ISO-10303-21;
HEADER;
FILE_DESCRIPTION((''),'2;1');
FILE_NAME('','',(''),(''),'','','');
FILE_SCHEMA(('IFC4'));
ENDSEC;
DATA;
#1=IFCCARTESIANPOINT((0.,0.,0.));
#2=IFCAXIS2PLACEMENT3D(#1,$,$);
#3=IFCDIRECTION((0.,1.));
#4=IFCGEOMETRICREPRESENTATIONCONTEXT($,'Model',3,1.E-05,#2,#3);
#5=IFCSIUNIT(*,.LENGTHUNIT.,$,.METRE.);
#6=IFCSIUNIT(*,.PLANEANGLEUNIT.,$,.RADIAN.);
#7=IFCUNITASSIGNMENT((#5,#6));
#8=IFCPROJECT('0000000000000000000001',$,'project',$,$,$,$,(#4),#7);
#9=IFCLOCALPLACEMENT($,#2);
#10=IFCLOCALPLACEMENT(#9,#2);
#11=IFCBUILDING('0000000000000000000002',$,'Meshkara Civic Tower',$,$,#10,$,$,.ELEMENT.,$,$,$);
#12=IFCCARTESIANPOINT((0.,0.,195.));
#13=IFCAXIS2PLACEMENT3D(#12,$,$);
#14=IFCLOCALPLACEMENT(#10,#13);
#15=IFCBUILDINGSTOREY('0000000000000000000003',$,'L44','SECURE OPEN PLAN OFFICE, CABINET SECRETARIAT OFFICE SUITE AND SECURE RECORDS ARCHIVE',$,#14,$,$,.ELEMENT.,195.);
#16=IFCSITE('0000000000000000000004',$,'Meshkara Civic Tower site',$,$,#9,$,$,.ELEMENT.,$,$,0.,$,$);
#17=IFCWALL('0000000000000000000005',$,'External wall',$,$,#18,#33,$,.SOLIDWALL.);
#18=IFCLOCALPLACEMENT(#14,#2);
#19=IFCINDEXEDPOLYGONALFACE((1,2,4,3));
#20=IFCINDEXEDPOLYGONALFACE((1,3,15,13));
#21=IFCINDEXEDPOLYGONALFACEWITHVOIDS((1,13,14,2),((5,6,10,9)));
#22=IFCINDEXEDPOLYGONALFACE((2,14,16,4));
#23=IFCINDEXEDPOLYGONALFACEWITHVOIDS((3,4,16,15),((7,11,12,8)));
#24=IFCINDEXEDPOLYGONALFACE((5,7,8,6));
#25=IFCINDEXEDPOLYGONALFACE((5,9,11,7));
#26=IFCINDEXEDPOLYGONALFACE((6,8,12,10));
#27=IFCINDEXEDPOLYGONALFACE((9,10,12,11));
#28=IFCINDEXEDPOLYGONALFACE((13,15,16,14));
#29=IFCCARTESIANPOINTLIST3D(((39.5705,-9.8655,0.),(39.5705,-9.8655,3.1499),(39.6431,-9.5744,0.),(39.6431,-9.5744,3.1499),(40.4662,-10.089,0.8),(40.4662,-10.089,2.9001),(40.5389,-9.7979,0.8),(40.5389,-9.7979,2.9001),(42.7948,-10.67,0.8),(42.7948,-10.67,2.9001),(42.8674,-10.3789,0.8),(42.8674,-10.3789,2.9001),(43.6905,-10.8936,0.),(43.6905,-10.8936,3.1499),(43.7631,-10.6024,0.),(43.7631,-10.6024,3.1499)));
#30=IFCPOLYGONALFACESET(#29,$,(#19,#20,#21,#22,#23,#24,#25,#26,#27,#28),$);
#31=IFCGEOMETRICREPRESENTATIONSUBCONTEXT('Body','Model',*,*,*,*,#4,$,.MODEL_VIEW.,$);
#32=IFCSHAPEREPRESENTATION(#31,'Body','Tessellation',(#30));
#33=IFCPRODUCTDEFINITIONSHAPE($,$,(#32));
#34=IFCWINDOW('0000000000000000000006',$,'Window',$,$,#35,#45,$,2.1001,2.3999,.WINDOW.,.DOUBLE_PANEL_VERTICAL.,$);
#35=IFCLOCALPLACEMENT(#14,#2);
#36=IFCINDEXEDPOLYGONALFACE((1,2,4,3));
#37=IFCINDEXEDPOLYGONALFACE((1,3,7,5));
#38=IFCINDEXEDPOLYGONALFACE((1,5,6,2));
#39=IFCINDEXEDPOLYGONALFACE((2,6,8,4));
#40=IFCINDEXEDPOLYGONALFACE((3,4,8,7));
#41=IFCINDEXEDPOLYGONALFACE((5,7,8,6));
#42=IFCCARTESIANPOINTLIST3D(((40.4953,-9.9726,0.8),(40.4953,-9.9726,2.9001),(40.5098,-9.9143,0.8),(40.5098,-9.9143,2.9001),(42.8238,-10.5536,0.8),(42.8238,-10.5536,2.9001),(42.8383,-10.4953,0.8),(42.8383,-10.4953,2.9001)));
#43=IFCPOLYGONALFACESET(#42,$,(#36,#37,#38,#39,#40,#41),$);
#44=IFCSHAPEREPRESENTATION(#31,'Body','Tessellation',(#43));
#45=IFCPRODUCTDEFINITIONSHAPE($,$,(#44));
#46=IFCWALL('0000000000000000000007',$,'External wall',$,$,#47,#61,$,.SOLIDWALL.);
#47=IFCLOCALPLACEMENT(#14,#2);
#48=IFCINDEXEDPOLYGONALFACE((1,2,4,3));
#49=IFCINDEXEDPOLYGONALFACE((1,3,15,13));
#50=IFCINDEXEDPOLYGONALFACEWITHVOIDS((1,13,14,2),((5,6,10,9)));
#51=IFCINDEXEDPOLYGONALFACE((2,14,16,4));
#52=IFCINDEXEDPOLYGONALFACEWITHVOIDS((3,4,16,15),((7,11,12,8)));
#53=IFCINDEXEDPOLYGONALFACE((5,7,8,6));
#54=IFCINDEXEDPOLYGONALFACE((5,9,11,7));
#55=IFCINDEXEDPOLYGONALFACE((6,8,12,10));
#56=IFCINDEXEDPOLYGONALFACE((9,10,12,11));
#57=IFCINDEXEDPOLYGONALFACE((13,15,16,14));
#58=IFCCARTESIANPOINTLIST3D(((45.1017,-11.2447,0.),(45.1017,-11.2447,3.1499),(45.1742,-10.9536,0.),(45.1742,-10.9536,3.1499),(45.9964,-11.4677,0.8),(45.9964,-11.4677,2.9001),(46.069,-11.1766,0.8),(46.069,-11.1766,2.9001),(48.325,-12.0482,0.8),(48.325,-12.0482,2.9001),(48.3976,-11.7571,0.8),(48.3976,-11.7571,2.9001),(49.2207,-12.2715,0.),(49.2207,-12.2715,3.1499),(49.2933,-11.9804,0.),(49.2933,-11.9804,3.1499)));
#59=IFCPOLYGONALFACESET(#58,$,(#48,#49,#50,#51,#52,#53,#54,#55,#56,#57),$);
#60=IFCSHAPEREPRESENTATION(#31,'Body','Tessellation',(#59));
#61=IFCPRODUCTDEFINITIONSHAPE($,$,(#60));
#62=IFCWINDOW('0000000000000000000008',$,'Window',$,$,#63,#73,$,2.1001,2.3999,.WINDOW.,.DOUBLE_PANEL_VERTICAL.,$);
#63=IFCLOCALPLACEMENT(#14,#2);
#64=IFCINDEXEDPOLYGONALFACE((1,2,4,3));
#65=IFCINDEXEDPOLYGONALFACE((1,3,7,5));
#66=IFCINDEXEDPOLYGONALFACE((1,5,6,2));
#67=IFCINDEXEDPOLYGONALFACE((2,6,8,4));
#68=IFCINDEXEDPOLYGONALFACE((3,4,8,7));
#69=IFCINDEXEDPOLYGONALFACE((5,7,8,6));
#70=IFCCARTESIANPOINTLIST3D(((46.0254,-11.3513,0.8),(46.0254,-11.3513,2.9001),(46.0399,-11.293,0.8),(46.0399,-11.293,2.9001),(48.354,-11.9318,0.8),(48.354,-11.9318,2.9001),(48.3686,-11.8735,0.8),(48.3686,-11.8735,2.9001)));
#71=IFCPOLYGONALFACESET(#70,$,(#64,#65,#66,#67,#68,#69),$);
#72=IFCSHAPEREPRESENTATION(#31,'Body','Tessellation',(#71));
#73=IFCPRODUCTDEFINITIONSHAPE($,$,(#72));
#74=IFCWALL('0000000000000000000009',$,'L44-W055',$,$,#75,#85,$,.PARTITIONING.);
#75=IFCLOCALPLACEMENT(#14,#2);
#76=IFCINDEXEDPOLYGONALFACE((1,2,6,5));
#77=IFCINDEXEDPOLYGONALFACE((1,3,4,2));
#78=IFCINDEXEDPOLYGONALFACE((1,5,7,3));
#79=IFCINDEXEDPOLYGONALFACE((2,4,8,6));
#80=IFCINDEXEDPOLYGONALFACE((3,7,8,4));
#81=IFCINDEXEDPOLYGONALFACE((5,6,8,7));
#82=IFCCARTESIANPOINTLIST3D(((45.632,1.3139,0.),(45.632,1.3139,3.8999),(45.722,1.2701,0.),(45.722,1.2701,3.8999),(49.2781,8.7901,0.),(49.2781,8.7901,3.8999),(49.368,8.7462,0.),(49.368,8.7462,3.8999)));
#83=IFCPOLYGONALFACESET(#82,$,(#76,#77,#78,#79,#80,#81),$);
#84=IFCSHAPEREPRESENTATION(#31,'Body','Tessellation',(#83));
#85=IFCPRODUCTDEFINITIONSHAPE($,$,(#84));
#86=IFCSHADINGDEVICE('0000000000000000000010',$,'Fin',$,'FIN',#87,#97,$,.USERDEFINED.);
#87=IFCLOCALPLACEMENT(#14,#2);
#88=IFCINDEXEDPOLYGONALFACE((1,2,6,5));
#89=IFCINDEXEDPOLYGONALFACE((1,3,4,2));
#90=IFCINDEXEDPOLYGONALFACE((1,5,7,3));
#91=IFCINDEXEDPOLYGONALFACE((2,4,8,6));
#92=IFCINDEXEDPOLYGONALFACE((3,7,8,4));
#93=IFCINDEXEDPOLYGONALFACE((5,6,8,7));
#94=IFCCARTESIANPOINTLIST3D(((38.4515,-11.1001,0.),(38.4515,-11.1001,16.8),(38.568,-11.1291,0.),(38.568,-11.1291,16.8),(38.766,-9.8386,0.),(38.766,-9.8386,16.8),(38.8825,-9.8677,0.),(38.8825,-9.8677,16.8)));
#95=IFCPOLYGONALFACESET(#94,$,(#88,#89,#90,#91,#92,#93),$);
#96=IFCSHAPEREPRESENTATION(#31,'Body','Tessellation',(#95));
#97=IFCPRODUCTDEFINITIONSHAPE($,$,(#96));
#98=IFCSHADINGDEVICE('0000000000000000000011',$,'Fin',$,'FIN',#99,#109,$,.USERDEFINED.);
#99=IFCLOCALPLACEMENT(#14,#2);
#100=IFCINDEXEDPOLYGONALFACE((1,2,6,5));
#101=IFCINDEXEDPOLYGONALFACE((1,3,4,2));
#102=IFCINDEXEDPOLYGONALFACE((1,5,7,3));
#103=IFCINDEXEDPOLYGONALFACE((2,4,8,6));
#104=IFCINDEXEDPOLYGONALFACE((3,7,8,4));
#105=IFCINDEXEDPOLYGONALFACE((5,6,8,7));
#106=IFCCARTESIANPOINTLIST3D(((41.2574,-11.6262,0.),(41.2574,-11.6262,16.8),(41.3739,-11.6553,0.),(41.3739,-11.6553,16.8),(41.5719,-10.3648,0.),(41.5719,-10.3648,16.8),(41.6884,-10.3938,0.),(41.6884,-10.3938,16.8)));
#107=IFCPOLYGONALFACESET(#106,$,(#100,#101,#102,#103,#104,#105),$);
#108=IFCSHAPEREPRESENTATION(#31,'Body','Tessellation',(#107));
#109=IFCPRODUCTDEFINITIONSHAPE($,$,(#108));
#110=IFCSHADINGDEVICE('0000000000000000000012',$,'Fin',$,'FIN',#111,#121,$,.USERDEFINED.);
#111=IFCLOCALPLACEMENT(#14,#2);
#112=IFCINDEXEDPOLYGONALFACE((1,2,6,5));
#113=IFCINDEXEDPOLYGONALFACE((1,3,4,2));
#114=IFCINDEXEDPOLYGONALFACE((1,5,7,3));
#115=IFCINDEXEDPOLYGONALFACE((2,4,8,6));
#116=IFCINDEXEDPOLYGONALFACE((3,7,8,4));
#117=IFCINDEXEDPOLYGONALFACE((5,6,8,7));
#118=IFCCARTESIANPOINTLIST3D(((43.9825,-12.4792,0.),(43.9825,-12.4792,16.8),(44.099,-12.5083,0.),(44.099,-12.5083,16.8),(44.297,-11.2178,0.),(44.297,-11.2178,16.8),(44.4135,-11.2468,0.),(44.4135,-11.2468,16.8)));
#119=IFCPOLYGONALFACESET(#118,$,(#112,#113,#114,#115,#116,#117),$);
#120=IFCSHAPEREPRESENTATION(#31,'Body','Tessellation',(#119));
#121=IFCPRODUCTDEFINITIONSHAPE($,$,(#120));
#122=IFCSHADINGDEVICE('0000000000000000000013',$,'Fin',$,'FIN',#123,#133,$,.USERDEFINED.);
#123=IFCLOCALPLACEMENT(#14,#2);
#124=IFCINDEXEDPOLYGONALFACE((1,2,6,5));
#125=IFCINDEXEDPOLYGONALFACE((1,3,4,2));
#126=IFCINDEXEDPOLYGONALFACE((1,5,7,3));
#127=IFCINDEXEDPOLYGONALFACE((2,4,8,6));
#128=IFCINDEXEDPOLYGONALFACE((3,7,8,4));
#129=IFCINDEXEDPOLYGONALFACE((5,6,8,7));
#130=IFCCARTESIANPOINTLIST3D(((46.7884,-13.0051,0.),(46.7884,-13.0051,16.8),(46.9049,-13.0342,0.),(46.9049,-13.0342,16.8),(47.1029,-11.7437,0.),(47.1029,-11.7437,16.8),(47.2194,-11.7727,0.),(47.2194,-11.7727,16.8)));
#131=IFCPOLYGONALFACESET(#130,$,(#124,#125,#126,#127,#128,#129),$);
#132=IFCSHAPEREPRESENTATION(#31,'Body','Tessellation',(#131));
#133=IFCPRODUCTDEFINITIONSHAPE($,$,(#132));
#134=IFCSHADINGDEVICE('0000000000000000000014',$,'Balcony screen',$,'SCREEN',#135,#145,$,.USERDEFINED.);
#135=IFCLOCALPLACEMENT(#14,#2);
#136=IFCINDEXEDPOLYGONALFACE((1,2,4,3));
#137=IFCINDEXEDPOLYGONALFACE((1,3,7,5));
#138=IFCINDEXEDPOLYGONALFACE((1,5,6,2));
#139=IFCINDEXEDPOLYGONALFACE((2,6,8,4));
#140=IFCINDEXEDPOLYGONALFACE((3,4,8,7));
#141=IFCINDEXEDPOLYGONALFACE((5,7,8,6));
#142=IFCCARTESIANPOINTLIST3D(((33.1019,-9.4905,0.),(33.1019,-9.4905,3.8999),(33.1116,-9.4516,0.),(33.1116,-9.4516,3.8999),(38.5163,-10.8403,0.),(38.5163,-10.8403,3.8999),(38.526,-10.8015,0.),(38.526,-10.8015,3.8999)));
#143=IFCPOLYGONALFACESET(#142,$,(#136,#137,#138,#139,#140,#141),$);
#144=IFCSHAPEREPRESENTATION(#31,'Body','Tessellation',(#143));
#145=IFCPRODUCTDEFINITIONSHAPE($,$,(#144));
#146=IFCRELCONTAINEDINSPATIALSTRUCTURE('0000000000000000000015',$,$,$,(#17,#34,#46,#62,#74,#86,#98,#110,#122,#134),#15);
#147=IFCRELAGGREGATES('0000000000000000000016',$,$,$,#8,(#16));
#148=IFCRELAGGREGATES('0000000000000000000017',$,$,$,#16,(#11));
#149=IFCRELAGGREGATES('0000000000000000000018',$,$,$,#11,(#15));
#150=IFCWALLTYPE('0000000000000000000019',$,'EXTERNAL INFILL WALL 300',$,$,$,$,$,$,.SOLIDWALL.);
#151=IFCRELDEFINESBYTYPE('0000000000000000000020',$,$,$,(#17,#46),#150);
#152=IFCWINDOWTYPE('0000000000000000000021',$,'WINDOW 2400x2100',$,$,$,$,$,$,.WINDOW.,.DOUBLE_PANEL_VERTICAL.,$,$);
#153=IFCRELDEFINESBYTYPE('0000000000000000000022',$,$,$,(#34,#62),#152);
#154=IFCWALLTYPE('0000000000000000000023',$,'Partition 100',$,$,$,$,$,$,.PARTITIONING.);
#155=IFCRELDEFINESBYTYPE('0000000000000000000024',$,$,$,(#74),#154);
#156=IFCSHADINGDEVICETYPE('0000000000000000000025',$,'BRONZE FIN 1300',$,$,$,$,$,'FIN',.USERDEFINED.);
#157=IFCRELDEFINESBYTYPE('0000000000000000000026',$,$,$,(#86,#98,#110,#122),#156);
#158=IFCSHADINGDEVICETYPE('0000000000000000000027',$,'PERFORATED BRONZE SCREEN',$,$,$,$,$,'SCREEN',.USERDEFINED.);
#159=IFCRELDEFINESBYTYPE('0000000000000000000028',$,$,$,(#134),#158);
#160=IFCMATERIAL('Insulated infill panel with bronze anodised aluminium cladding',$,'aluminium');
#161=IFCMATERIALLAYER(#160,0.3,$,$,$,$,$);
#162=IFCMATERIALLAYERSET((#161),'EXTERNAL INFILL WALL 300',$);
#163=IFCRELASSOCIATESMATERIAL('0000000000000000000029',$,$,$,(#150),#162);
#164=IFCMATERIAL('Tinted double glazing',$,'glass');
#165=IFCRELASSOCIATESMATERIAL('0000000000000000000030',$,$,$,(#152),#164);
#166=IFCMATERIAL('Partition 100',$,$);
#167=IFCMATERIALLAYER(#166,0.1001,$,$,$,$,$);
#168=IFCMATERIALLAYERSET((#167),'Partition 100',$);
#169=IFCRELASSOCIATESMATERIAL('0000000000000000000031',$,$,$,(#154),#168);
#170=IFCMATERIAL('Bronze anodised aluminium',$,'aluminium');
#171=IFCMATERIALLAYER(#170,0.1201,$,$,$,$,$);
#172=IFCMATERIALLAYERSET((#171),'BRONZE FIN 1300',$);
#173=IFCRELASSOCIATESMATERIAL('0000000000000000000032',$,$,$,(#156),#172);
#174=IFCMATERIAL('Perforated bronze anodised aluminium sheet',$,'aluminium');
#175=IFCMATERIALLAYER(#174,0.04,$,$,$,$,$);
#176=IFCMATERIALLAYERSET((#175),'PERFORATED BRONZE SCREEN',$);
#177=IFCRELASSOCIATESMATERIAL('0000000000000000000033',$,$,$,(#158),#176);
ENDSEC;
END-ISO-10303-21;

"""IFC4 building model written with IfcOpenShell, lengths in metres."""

from ifc_helpers import new_model, si_unit, direction, frame, frame_2d, origin, origin_2d, place, context, subcontext, project, spatial, rectangle, extrude, material, layer, layer_set, type_object, element, fill, save


model = new_model("IFC4")

# Units and contexts
model_context = context("Model", 3, precision=1e-05, world=origin(), true_north=direction((0.0, 1.0)))
body_context = subcontext(model_context, "Body", "Model", "MODEL_VIEW")
ifc_project = project(units=[si_unit("LENGTHUNIT", "METRE"), si_unit("PLANEANGLEUNIT", "RADIAN")], contexts=[model_context])

# Site, building, storey
site_placement = place(None, origin())
site = spatial("IfcSite", under=ifc_project, at=site_placement, Name="Meshkara Civic Tower site", CompositionType="ELEMENT", RefElevation=0.0)
building_placement = place(site_placement, origin())
building = spatial("IfcBuilding", under=site, at=building_placement, Name="Meshkara Civic Tower", CompositionType="ELEMENT")
storey_placement = place(building_placement, frame((0.0, 0.0, 195.0)))
storey = spatial("IfcBuildingStorey", under=building, at=storey_placement, Name="L44", Description="SECURE OPEN PLAN OFFICE, CABINET SECRETARIAT OFFICE SUITE AND SECURE RECORDS ARCHIVE", CompositionType="ELEMENT", Elevation=195.0)

# Walls, openings, windows
ifc_material_1 = material(Name="Insulated infill panel with bronze anodised aluminium cladding", Category="aluminium")
ifc_layer_1 = layer(ifc_material_1, 0.3)
ifc_layer_set_1 = layer_set([ifc_layer_1], Name="EXTERNAL INFILL WALL 300")
wall_type_1 = type_object("IfcWallType", Name="EXTERNAL INFILL WALL 300", PredefinedType="SOLIDWALL", material=ifc_layer_set_1)
ifc_material_2 = material(Name="Tinted double glazing", Category="glass")
window_type = type_object("IfcWindowType", Name="WINDOW 2400x2100", PartitioningType="DOUBLE_PANEL_VERTICAL", PredefinedType="WINDOW", material=ifc_material_2)
wall_1_placement = place(storey_placement, frame((39.6069, -9.72, 0.0), z_axis=(0.0, 0.0, 1.0), x_axis=(0.970251, -0.242103, 0.0)))
wall_1 = element("IfcWall", 1, at=wall_1_placement, inside=storey, type_object=wall_type_1, Name="External wall", PredefinedType="SOLIDWALL", context=body_context, shape_type="SweptSolid", body=[
    extrude(rectangle(XDim=4.2463, YDim=0.3, at=frame_2d((2.123, 0.0))), origin(), (0.0, 0.0, 1.0), 3.1499),
])
opening_1_placement = place(wall_1_placement, frame((0.9231, 0.0, 0.8)))
opening_1 = element("IfcOpeningElement", 2, at=opening_1_placement, cuts=wall_1, PredefinedType="OPENING", context=body_context, shape_type="SweptSolid", body=[
    extrude(rectangle(XDim=2.3999, YDim=2.1001, at=frame_2d((1.2, 1.05))), frame((0.0, 0.1599, 0.0), z_axis=(0.0, -1.0, 0.0), x_axis=(1.0, 0.0, 0.0)), (0.0, 0.0, 1.0), 0.3201),
])
window_1_placement = place(opening_1_placement, origin())
window_1 = element("IfcWindow", 3, at=window_1_placement, inside=storey, type_object=window_type, Name="Window", OverallHeight=2.1001, OverallWidth=2.3999, PartitioningType="DOUBLE_PANEL_VERTICAL", PredefinedType="WINDOW", context=body_context, shape_type="SweptSolid", body=[
    extrude(rectangle(XDim=2.3999, YDim=2.1001, at=frame_2d((1.2, 1.05))), frame((0.0, 0.03, 0.0), z_axis=(0.0, -1.0, 0.0), x_axis=(1.0, 0.0, 0.0)), (0.0, 0.0, 1.0), 0.0601),
])
fill(opening_1, window_1)
wall_2_placement = place(storey_placement, frame((45.1379, -11.0991, 0.0), z_axis=(0.0, 0.0, 1.0), x_axis=(0.970305, -0.241886, 0.0)))
wall_2 = element("IfcWall", 4, at=wall_2_placement, inside=storey, type_object=wall_type_1, Name="External wall", PredefinedType="SOLIDWALL", context=body_context, shape_type="SweptSolid", body=[
    extrude(rectangle(XDim=4.2451, YDim=0.3, at=frame_2d((2.1226, 0.0))), origin(), (0.0, 0.0, 1.0), 3.1499),
])
opening_2_placement = place(wall_2_placement, frame((0.9221, 0.0, 0.8)))
opening_2 = element("IfcOpeningElement", 5, at=opening_2_placement, cuts=wall_2, PredefinedType="OPENING", context=body_context, shape_type="SweptSolid", body=[
    extrude(rectangle(XDim=2.3999, YDim=2.1001, at=frame_2d((1.2, 1.05))), frame((0.0, 0.1599, 0.0), z_axis=(0.0, -1.0, 0.0), x_axis=(1.0, 0.0, 0.0)), (0.0, 0.0, 1.0), 0.3201),
])
window_2_placement = place(opening_2_placement, origin())
window_2 = element("IfcWindow", 6, at=window_2_placement, inside=storey, type_object=window_type, Name="Window", OverallHeight=2.1001, OverallWidth=2.3999, PartitioningType="DOUBLE_PANEL_VERTICAL", PredefinedType="WINDOW", context=body_context, shape_type="SweptSolid", body=[
    extrude(rectangle(XDim=2.3999, YDim=2.1001, at=frame_2d((1.2, 1.05))), frame((0.0, 0.03, 0.0), z_axis=(0.0, -1.0, 0.0), x_axis=(1.0, 0.0, 0.0)), (0.0, 0.0, 1.0), 0.0601),
])
fill(opening_2, window_2)

# Wall
ifc_material_3 = material(Name="Partition 100")
ifc_layer_2 = layer(ifc_material_3, 0.1001)
ifc_layer_set_2 = layer_set([ifc_layer_2], Name="Partition 100")
wall_type_2 = type_object("IfcWallType", Name="Partition 100", PredefinedType="PARTITIONING", material=ifc_layer_set_2)
wall_3_placement = place(storey_placement, frame((45.677, 1.292, 0.0), z_axis=(0.0, 0.0, 1.0), x_axis=(0.438339, 0.89881, 0.0)))
element("IfcWall", 7, at=wall_3_placement, inside=storey, type_object=wall_type_2, Name="L44-W055", PredefinedType="PARTITIONING", context=body_context, shape_type="SweptSolid", body=[
    extrude(rectangle(XDim=8.3179, YDim=0.1001, at=frame_2d((4.1589, 0.0))), origin(), (0.0, 0.0, 1.0), 3.8999),
])

# Shading devices
ifc_material_4 = material(Name="Bronze anodised aluminium", Category="aluminium")
ifc_layer_3 = layer(ifc_material_4, 0.1201)
ifc_layer_set_3 = layer_set([ifc_layer_3], Name="BRONZE FIN 1300")
shading_device_type_1 = type_object("IfcShadingDeviceType", Name="BRONZE FIN 1300", ElementType="FIN", PredefinedType="USERDEFINED", material=ifc_layer_set_3)
for number, where, z_axis, x_axis, name in (
    (8, (38.667, -10.4839, 0.0), (0.0, 0.0, 1.0), (0.9703, -0.241905, 0.0), "Fin"),
    (9, (41.4729, -11.01, 0.0), (0.0, 0.0, 1.0), (0.9703, -0.241905, 0.0), "Fin"),
    (10, (44.198, -11.863, 0.0), (0.0, 0.0, 1.0), (0.9703, -0.241905, 0.0), "Fin"),
    (11, (47.0039, -12.3889, 0.0), (0.0, 0.0, 1.0), (0.9703, -0.241905, 0.0), "Fin"),
):
    element("IfcShadingDevice", number, at=place(storey_placement, frame(where, z_axis=z_axis, x_axis=x_axis)), inside=storey, type_object=shading_device_type_1, Name=name, ObjectType="FIN", PredefinedType="USERDEFINED", context=body_context, shape_type="SweptSolid", body=[
        extrude(rectangle(XDim=0.1201, YDim=1.3, at=origin_2d()), origin(), (0.0, 0.0, 1.0), 16.8),
    ])
ifc_material_5 = material(Name="Perforated bronze anodised aluminium sheet", Category="aluminium")
ifc_layer_4 = layer(ifc_material_5, 0.04)
ifc_layer_set_4 = layer_set([ifc_layer_4], Name="PERFORATED BRONZE SCREEN")
shading_device_type_2 = type_object("IfcShadingDeviceType", Name="PERFORATED BRONZE SCREEN", ElementType="SCREEN", PredefinedType="USERDEFINED", material=ifc_layer_set_4)
shading_device_placement = place(storey_placement, frame((35.814, -10.146, 0.0), z_axis=(0.0, 0.0, 1.0), x_axis=(0.9703, -0.241905, 0.0)))
element("IfcShadingDevice", 12, at=shading_device_placement, inside=storey, type_object=shading_device_type_2, Name="Balcony screen", ObjectType="SCREEN", PredefinedType="USERDEFINED", context=body_context, shape_type="SweptSolid", body=[
    extrude(rectangle(XDim=5.5801, YDim=0.04, at=origin_2d()), origin(), (0.0, 0.0, 1.0), 3.8999),
])

save(model, "model.ifc")
